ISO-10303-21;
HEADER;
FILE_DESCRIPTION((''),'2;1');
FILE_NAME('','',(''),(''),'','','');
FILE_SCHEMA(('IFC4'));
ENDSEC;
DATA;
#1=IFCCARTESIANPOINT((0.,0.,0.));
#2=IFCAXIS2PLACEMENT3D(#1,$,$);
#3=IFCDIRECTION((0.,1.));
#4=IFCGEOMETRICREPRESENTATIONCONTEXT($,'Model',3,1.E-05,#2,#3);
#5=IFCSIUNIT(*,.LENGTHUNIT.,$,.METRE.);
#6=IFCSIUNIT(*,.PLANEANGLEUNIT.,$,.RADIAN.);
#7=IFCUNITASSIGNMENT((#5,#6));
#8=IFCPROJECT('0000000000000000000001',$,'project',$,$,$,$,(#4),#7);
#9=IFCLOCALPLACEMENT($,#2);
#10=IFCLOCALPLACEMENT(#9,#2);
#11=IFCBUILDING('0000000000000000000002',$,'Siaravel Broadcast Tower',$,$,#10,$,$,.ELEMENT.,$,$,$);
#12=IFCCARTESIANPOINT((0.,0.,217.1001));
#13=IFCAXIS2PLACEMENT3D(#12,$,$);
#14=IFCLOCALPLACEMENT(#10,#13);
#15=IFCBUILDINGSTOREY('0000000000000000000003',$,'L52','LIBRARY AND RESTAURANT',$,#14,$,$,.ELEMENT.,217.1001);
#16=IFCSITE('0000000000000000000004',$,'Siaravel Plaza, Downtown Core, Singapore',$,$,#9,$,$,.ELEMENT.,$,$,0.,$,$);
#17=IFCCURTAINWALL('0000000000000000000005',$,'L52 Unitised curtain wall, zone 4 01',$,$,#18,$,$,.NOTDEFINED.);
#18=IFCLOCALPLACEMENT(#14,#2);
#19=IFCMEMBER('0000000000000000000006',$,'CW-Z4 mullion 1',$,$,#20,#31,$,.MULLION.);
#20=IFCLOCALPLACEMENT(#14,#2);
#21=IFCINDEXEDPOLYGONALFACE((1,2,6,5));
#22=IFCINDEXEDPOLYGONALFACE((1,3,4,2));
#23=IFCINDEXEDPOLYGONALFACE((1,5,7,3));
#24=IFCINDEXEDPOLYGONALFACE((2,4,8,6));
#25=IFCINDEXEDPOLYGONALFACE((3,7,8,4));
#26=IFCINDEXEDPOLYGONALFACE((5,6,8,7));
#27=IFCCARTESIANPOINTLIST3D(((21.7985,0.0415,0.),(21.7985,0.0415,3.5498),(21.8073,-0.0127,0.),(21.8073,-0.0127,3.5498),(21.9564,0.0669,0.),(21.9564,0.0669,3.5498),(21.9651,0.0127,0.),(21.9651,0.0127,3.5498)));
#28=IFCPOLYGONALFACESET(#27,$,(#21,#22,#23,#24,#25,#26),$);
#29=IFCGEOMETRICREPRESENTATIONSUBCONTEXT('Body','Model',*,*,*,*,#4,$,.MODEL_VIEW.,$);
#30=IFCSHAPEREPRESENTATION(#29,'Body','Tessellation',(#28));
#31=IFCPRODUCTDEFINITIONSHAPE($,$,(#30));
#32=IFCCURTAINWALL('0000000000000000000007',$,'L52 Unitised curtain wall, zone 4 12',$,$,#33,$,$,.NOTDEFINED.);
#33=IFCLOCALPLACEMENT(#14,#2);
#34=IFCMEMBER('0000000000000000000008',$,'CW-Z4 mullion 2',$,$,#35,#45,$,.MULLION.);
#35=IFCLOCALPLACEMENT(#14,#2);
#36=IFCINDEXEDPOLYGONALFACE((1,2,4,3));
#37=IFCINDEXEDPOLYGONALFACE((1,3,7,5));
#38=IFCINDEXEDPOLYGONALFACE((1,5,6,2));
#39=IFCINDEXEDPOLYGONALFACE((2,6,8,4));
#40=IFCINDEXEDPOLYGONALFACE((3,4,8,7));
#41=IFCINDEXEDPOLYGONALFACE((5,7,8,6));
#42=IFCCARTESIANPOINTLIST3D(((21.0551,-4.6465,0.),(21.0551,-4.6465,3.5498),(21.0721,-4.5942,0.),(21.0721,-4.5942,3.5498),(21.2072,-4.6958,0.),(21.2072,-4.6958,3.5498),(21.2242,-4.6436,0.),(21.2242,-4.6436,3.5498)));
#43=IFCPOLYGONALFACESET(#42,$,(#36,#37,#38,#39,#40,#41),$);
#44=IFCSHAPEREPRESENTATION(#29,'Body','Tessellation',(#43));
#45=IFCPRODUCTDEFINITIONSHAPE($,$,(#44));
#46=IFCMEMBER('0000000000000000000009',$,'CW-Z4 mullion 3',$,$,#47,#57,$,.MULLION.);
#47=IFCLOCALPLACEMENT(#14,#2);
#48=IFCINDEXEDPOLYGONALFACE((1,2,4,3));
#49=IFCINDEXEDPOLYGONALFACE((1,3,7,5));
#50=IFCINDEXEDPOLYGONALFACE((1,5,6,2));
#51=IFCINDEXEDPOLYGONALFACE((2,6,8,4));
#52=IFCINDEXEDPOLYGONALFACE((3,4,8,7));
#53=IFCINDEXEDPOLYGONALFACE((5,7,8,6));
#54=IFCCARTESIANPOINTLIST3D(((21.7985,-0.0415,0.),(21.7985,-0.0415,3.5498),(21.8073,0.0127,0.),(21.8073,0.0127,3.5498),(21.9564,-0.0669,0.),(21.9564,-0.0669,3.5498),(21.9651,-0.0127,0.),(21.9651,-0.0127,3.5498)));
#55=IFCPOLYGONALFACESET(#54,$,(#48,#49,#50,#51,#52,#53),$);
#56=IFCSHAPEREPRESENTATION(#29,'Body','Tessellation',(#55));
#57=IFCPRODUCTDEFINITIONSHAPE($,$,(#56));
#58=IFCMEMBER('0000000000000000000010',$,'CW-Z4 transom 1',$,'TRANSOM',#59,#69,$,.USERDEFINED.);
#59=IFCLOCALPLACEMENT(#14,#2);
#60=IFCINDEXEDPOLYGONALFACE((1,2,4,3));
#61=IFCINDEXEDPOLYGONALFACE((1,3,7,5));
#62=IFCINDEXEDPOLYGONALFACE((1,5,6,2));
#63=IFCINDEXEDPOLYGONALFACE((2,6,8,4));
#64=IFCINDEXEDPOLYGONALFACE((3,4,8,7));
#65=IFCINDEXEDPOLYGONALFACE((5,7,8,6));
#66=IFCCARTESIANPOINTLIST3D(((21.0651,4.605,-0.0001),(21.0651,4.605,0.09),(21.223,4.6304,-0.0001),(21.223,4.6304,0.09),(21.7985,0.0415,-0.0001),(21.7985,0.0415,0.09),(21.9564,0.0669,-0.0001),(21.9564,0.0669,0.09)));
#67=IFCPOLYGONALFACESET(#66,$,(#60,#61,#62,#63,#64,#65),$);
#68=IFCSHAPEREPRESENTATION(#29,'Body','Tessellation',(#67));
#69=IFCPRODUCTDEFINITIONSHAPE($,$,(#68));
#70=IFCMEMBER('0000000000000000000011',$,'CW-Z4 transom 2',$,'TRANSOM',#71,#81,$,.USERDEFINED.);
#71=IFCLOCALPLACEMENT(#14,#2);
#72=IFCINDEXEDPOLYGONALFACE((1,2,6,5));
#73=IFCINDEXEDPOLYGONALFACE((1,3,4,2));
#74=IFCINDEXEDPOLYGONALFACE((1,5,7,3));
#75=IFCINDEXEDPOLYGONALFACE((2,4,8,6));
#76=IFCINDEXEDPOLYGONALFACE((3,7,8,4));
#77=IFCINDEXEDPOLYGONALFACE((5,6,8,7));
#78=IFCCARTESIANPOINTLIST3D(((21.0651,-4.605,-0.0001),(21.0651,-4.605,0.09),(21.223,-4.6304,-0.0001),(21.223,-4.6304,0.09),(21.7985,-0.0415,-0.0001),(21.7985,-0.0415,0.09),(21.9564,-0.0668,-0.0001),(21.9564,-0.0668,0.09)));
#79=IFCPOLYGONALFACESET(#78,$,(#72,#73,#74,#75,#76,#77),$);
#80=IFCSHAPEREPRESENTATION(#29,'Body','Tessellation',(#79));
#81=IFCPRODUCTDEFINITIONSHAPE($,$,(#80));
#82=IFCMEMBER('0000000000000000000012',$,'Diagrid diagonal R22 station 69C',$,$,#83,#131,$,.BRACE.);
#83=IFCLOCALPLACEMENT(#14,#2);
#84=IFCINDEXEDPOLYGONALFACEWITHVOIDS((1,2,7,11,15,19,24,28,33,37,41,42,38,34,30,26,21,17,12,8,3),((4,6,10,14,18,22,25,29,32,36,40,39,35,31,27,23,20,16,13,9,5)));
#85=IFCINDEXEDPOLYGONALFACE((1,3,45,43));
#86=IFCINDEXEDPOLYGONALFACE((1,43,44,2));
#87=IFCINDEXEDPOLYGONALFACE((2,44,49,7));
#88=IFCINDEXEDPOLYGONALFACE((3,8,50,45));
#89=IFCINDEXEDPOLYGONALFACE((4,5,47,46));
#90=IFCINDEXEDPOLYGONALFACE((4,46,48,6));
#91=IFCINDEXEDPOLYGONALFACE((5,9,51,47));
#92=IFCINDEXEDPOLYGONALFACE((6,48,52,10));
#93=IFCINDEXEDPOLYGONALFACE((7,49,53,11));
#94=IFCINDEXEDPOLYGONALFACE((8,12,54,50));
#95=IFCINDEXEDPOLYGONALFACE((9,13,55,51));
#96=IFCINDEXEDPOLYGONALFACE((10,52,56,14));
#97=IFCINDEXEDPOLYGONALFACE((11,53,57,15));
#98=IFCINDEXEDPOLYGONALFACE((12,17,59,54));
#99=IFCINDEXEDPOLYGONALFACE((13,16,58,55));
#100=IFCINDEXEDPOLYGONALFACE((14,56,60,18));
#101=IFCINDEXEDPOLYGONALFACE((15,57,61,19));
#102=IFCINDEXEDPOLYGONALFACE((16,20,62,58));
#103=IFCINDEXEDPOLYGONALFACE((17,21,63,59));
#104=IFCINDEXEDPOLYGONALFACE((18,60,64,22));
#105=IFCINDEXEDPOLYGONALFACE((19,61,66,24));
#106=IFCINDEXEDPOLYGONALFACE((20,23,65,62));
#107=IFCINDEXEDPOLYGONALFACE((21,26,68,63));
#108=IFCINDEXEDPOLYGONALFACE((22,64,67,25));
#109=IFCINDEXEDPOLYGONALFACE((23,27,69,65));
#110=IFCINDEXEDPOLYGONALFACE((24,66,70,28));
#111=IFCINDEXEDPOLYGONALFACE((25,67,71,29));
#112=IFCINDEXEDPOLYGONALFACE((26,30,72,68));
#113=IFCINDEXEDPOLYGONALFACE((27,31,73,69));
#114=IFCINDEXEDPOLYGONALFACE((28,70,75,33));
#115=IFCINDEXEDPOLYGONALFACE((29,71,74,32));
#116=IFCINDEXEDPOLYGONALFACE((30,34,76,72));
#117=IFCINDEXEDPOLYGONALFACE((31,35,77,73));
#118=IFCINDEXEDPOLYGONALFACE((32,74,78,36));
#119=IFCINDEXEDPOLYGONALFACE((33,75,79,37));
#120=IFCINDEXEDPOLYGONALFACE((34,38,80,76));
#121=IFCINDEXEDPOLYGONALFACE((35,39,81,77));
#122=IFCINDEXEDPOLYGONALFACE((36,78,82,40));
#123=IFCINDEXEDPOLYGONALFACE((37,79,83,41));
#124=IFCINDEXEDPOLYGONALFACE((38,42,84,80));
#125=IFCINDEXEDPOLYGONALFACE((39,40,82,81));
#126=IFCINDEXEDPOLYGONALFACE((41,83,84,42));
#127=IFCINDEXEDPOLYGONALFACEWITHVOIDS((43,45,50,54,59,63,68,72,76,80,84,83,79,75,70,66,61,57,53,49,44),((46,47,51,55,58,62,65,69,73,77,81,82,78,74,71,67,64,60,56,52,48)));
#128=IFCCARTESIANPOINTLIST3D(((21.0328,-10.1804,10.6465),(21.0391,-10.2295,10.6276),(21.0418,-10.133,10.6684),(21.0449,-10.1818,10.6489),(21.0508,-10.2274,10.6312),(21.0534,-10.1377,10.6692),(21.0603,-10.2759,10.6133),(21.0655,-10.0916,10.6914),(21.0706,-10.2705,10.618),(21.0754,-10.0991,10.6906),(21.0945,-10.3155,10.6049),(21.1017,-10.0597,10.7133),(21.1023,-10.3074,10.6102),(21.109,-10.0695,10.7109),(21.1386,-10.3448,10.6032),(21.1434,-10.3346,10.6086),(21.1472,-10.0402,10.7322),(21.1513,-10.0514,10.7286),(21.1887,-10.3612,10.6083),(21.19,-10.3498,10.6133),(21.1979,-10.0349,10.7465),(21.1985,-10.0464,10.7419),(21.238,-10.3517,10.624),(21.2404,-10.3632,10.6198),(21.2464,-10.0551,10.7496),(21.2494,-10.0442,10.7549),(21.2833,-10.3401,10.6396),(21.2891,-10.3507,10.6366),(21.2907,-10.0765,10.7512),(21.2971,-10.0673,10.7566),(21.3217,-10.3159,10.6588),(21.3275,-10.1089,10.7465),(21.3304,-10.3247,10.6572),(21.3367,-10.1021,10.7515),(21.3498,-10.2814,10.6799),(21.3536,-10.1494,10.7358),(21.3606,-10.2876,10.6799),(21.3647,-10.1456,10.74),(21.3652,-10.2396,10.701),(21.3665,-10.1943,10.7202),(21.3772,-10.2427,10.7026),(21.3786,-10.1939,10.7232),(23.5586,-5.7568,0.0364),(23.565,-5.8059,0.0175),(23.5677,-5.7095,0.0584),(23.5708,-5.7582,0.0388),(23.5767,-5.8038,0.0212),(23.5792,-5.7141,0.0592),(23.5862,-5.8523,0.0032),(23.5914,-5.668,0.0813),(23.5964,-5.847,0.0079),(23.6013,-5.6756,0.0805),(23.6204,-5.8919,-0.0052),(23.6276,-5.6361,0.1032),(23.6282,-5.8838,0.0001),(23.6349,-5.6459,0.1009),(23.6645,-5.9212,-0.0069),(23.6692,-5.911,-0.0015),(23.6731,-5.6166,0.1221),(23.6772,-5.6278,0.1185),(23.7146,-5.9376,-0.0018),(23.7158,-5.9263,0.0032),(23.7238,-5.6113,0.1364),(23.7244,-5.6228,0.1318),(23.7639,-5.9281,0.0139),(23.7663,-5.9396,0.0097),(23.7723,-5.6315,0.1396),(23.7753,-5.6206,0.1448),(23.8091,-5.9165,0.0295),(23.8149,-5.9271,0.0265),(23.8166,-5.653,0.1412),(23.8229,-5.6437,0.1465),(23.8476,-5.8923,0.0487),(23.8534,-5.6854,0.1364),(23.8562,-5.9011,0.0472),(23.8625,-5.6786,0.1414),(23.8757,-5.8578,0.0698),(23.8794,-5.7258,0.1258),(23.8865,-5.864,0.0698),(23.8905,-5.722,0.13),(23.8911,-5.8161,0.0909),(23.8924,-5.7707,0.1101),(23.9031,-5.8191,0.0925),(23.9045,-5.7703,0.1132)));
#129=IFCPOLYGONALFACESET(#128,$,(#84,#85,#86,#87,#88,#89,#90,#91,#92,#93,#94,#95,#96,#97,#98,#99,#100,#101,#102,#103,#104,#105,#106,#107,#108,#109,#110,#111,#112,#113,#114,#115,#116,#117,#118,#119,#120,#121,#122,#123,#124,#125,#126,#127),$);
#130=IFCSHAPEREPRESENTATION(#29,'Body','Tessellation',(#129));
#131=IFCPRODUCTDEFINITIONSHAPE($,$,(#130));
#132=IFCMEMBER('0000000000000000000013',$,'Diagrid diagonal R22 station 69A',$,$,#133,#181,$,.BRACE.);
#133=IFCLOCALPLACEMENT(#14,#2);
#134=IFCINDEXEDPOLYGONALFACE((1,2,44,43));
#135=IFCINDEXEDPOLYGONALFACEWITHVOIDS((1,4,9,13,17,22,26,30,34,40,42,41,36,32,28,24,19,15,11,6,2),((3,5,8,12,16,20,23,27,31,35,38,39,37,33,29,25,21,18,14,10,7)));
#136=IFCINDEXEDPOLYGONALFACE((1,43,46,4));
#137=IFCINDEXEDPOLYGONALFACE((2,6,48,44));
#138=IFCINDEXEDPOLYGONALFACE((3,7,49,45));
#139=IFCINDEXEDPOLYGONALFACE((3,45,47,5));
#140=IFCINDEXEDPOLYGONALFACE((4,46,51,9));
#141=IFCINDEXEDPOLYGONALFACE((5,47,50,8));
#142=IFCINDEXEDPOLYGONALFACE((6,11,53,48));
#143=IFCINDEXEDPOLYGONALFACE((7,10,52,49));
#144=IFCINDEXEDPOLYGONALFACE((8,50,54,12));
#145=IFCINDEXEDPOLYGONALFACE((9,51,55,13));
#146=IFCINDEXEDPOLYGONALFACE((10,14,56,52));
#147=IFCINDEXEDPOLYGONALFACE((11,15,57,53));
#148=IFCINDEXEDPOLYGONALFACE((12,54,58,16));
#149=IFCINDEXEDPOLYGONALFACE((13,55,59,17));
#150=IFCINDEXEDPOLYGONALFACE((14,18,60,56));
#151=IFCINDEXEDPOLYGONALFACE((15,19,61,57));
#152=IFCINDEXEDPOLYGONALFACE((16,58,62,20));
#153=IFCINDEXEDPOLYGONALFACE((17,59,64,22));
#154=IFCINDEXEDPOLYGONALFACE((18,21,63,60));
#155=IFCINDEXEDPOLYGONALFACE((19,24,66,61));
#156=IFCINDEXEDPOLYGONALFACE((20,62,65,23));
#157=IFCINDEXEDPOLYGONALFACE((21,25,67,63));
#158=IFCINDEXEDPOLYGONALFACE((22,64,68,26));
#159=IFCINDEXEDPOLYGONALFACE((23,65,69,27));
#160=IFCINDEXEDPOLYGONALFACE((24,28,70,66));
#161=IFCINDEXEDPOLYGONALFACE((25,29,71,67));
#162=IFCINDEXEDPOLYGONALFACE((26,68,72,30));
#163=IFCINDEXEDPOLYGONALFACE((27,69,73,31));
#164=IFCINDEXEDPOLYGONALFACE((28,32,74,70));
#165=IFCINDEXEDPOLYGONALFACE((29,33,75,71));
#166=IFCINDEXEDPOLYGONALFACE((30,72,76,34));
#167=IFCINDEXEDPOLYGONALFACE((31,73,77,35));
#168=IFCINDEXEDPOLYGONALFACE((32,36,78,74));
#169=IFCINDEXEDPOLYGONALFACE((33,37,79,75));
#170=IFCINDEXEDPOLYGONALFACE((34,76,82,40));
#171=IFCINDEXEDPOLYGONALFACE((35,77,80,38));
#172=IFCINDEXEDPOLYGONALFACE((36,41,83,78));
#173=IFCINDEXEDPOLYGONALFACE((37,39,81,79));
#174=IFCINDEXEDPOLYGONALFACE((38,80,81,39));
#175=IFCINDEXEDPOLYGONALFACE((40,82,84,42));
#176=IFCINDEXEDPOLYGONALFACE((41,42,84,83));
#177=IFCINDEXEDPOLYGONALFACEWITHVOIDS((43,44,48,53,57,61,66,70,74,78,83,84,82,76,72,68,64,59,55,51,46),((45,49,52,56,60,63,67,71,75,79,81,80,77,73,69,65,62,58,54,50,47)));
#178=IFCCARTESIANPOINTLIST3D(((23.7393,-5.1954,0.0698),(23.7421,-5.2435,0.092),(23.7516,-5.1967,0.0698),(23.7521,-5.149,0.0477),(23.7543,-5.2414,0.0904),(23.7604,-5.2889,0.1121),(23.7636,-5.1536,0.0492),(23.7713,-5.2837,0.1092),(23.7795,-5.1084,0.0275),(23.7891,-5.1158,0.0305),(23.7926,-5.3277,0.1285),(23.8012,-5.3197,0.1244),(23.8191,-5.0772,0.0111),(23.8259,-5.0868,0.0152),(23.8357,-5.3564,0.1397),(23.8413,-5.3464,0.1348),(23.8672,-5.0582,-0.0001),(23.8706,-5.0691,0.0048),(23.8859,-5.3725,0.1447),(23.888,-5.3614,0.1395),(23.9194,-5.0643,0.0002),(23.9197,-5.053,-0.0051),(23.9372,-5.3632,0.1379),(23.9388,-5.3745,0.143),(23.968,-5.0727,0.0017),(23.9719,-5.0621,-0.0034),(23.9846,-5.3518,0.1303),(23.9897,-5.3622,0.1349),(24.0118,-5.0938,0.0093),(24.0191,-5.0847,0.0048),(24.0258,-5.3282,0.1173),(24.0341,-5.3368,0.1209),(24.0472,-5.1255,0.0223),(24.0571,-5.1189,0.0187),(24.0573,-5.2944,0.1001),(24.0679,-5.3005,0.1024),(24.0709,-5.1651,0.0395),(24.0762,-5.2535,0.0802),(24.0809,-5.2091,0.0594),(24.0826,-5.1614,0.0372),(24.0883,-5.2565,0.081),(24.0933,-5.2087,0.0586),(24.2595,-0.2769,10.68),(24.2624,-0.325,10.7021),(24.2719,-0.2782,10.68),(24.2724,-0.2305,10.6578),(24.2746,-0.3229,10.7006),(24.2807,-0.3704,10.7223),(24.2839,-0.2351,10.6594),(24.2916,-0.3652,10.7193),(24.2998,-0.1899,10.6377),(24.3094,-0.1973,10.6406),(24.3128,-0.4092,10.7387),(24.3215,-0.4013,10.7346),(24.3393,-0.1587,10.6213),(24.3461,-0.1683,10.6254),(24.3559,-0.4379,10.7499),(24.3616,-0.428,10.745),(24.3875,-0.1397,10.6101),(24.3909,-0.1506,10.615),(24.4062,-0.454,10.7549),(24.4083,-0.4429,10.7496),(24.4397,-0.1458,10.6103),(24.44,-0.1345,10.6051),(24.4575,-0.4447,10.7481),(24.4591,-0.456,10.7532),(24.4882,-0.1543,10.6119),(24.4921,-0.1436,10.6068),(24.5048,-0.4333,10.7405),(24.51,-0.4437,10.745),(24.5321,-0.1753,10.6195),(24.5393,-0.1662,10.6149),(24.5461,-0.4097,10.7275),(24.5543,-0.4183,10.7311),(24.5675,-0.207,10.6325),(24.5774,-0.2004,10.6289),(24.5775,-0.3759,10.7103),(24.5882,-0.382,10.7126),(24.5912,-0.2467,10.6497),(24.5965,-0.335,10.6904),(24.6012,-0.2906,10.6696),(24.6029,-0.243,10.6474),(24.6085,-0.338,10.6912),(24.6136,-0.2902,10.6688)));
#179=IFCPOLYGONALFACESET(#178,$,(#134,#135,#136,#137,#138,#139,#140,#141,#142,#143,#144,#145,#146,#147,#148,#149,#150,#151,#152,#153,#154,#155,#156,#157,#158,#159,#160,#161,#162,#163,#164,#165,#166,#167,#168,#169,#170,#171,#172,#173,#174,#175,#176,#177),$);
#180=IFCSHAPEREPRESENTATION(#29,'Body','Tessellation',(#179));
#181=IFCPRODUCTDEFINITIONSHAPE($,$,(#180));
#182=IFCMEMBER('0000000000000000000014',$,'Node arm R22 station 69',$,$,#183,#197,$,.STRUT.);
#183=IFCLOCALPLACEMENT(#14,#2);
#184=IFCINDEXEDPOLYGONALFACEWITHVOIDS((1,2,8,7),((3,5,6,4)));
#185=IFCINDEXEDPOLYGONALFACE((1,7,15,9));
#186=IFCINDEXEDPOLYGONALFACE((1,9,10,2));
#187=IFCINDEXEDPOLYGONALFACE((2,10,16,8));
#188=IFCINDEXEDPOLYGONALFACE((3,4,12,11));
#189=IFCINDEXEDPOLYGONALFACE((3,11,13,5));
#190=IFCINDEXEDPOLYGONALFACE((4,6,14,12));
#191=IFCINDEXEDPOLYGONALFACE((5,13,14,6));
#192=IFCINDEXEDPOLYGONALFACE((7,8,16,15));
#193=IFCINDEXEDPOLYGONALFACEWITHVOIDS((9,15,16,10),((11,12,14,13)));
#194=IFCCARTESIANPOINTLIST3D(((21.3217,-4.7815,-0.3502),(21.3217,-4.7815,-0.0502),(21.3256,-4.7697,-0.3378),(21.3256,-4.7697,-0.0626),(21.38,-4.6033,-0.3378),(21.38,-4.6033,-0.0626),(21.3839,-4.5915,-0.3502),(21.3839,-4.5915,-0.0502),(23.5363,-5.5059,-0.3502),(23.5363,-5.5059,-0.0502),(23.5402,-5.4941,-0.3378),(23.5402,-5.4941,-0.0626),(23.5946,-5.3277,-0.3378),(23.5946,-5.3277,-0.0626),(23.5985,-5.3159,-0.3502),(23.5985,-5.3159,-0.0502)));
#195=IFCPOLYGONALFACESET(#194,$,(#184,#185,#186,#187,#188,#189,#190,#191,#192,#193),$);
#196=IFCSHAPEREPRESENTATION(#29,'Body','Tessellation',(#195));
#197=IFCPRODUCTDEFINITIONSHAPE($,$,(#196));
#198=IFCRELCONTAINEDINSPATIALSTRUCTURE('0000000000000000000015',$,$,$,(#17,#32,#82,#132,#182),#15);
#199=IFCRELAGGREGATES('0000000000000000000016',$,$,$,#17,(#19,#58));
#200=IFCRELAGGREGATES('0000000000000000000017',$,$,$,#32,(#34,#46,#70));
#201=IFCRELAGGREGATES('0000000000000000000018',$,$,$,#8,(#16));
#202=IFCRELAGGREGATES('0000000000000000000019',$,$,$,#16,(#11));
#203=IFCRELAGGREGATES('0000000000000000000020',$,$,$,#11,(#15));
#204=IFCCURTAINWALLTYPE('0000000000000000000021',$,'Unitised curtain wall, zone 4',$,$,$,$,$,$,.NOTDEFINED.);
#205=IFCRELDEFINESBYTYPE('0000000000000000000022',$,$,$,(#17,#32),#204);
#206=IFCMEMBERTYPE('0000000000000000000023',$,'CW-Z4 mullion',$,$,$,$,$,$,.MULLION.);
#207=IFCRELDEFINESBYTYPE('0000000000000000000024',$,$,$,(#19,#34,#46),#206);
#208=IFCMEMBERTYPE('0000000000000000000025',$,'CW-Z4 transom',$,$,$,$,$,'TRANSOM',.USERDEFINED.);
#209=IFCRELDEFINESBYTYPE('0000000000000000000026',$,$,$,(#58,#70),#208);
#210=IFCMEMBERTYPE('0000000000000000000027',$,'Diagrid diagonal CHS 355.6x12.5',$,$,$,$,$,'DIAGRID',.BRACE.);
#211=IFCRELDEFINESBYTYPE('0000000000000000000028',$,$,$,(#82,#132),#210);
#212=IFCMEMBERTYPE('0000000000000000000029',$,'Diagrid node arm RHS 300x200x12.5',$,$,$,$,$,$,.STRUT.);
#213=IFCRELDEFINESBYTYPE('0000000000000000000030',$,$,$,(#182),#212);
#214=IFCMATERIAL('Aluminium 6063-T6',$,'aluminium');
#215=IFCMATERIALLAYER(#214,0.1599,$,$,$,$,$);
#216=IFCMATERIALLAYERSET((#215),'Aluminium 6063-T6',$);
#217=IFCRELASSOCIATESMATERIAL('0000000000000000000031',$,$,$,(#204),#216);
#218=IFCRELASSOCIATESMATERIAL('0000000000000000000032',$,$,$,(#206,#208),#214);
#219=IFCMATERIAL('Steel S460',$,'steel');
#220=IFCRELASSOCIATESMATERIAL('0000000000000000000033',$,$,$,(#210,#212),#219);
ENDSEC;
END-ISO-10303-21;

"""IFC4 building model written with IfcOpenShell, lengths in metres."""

from ifc_helpers import new_model, si_unit, direction, frame, origin, origin_2d, place, context, subcontext, project, spatial, rectangle, hollow_rectangle, hollow_circle, extrude, material, layer, layer_set, material_profile, profile_set, type_object, element, aggregate, save


model = new_model("IFC4")

# Units and contexts
model_context = context("Model", 3, precision=1e-05, world=origin(), true_north=direction((0.0, 1.0)))
body_context = subcontext(model_context, "Body", "Model", "MODEL_VIEW")
ifc_project = project(units=[si_unit("LENGTHUNIT", "METRE"), si_unit("PLANEANGLEUNIT", "RADIAN")], contexts=[model_context])

# Site, building, storey
site_placement = place(None, origin())
site = spatial("IfcSite", under=ifc_project, at=site_placement, Name="Siaravel Plaza, Downtown Core, Singapore", CompositionType="ELEMENT", RefElevation=0.0)
building_placement = place(site_placement, origin())
building = spatial("IfcBuilding", under=site, at=building_placement, Name="Siaravel Broadcast Tower", CompositionType="ELEMENT")
storey_placement = place(building_placement, frame((0.0, 0.0, 217.1001)))
storey = spatial("IfcBuildingStorey", under=building, at=storey_placement, Name="L52", Description="LIBRARY AND RESTAURANT", CompositionType="ELEMENT", Elevation=217.1001)

# Curtain wall, member
ifc_material_1 = material(Name="Aluminium 6063-T6", Category="aluminium")
ifc_layer_1 = layer(ifc_material_1, 0.1599)
ifc_layer_set_1 = layer_set([ifc_layer_1], Name="Aluminium 6063-T6")
curtain_wall_type = type_object("IfcCurtainWallType", Name="Unitised curtain wall, zone 4", PredefinedType="NOTDEFINED", material=ifc_layer_set_1)
curtain_wall_1_placement = place(storey_placement, origin())
curtain_wall_1 = element("IfcCurtainWall", 1, at=curtain_wall_1_placement, inside=storey, type_object=curtain_wall_type, Name="L52 Unitised curtain wall, zone 4 01", PredefinedType="NOTDEFINED")
ifc_material_profile_1 = material_profile(ifc_material_1, rectangle(XDim=0.1599, YDim=0.0549, at=origin_2d()))
ifc_profile_set_1 = profile_set([ifc_material_profile_1], Name="Aluminium 6063-T6")
member_type_1 = type_object("IfcMemberType", Name="CW-Z4 mullion", PredefinedType="MULLION", material=ifc_profile_set_1)
member_1_placement = place(storey_placement, frame((21.8818, 0.0271, 0.0), z_axis=(0.0, 0.0, 1.0), x_axis=(-0.987329, -0.158685, 0.0)))
member_1 = element("IfcMember", 2, at=member_1_placement, type_object=member_type_1, Name="CW-Z4 mullion 1", PredefinedType="MULLION", context=body_context, shape_type="SweptSolid", body=[
    extrude(rectangle(XDim=0.1599, YDim=0.0549, at=origin_2d()), origin(), (0.0, 0.0, 1.0), 3.5498),
])

# Curtain wall, members
curtain_wall_2_placement = place(storey_placement, origin())
curtain_wall_2 = element("IfcCurtainWall", 3, at=curtain_wall_2_placement, inside=storey, type_object=curtain_wall_type, Name="L52 Unitised curtain wall, zone 4 12", PredefinedType="NOTDEFINED")
member_2_placement = place(storey_placement, frame((21.1396, -4.645, 0.0), z_axis=(0.0, 0.0, 1.0), x_axis=(-0.951178, 0.308644, 0.0)))
member_2 = element("IfcMember", 4, at=member_2_placement, type_object=member_type_1, Name="CW-Z4 mullion 2", PredefinedType="MULLION", context=body_context, shape_type="SweptSolid", body=[
    extrude(rectangle(XDim=0.1599, YDim=0.0549, at=origin_2d()), origin(), (0.0, 0.0, 1.0), 3.5498),
])
member_3_placement = place(storey_placement, frame((21.8818, -0.0271, 0.0), z_axis=(0.0, 0.0, 1.0), x_axis=(-0.987329, 0.158685, 0.0)))
member_3 = element("IfcMember", 5, at=member_3_placement, type_object=member_type_1, Name="CW-Z4 mullion 3", PredefinedType="MULLION", context=body_context, shape_type="SweptSolid", body=[
    extrude(rectangle(XDim=0.1599, YDim=0.0549, at=origin_2d()), origin(), (0.0, 0.0, 1.0), 3.5498),
])

# Members
ifc_material_profile_2 = material_profile(ifc_material_1, rectangle(XDim=0.1599, YDim=0.0901, at=origin_2d()))
ifc_profile_set_2 = profile_set([ifc_material_profile_2], Name="Aluminium 6063-T6")
member_type_2 = type_object("IfcMemberType", Name="CW-Z4 transom", ElementType="TRANSOM", PredefinedType="USERDEFINED", material=ifc_profile_set_2)
member_4_placement = place(storey_placement, frame((21.8774, 0.0542, 0.0449), z_axis=(-0.158674, 0.987331, 0.0), x_axis=(-0.987331, -0.158674, 0.0)))
member_4 = element("IfcMember", 6, at=member_4_placement, type_object=member_type_2, Name="CW-Z4 transom 1", ObjectType="TRANSOM", PredefinedType="USERDEFINED", context=body_context, shape_type="SweptSolid", body=[
    extrude(rectangle(XDim=0.1599, YDim=0.0901, at=origin_2d()), origin(), (0.0, 0.0, 1.0), 4.6221),
])
aggregate(curtain_wall_1, [member_1, member_4])
member_5_placement = place(storey_placement, frame((21.144, -4.6177, 0.0449), z_axis=(0.158674, 0.987331, 0.0), x_axis=(-0.987331, 0.158674, 0.0)))
member_5 = element("IfcMember", 7, at=member_5_placement, type_object=member_type_2, Name="CW-Z4 transom 2", ObjectType="TRANSOM", PredefinedType="USERDEFINED", context=body_context, shape_type="SweptSolid", body=[
    extrude(rectangle(XDim=0.1599, YDim=0.0901, at=origin_2d()), origin(), (0.0, 0.0, 1.0), 4.6221),
])

# Members
ifc_material_2 = material(Name="Steel S460", Category="steel")
ifc_material_profile_3 = material_profile(ifc_material_2, hollow_circle(Radius=0.1777, WallThickness=0.0125, at=origin_2d()))
ifc_profile_set_3 = profile_set([ifc_material_profile_3], Name="Steel S460")
member_type_3 = type_object("IfcMemberType", Name="Diagrid diagonal CHS 355.6x12.5", ElementType="DIAGRID", PredefinedType="BRACE", material=ifc_profile_set_3)
member_6_placement = place(storey_placement, frame((23.7322, -5.7759, 0.0698), z_axis=(-0.214611, -0.37585, 0.901487), x_axis=(0.868402, -0.49586, 0.0)))
element("IfcMember", 8, at=member_6_placement, inside=storey, type_object=member_type_3, Name="Diagrid diagonal R22 station 69C", PredefinedType="BRACE", context=body_context, shape_type="SweptSolid", body=[
    extrude(hollow_circle(Radius=0.1777, WallThickness=0.0125, at=origin_2d()), origin(), (0.0, 0.0, 1.0), 11.7695),
])
member_7_placement = place(storey_placement, frame((23.916, -5.2141, 0.0698), z_axis=(0.044443, 0.420157, 0.906363), x_axis=(-0.994452, 0.105191, 0.0)))
element("IfcMember", 9, at=member_7_placement, inside=storey, type_object=member_type_3, Name="Diagrid diagonal R22 station 69A", PredefinedType="BRACE", context=body_context, shape_type="SweptSolid", body=[
    extrude(hollow_circle(Radius=0.1777, WallThickness=0.0125, at=origin_2d()), origin(), (0.0, 0.0, 1.0), 11.7063),
])
ifc_material_profile_4 = material_profile(ifc_material_2, hollow_rectangle(XDim=0.2, YDim=0.3, WallThickness=0.0125, at=origin_2d()))
ifc_profile_set_4 = profile_set([ifc_material_profile_4], Name="Steel S460")
member_type_4 = type_object("IfcMemberType", Name="Diagrid node arm RHS 300x200x12.5", PredefinedType="STRUT", material=ifc_profile_set_4)
member_8_placement = place(storey_placement, frame((21.3528, -4.6865, -0.2002), z_axis=(0.950449, -0.310879, 0.0), x_axis=(0.310879, 0.950449, 0.0)))
element("IfcMember", 10, at=member_8_placement, inside=storey, type_object=member_type_4, Name="Node arm R22 station 69", PredefinedType="STRUT", context=body_context, shape_type="SweptSolid", body=[
    extrude(hollow_rectangle(XDim=0.2, YDim=0.3, WallThickness=0.0125, at=origin_2d()), origin(), (0.0, 0.0, 1.0), 2.3301),
])

aggregate(curtain_wall_2, [member_2, member_3, member_5])

save(model, "model.ifc")
